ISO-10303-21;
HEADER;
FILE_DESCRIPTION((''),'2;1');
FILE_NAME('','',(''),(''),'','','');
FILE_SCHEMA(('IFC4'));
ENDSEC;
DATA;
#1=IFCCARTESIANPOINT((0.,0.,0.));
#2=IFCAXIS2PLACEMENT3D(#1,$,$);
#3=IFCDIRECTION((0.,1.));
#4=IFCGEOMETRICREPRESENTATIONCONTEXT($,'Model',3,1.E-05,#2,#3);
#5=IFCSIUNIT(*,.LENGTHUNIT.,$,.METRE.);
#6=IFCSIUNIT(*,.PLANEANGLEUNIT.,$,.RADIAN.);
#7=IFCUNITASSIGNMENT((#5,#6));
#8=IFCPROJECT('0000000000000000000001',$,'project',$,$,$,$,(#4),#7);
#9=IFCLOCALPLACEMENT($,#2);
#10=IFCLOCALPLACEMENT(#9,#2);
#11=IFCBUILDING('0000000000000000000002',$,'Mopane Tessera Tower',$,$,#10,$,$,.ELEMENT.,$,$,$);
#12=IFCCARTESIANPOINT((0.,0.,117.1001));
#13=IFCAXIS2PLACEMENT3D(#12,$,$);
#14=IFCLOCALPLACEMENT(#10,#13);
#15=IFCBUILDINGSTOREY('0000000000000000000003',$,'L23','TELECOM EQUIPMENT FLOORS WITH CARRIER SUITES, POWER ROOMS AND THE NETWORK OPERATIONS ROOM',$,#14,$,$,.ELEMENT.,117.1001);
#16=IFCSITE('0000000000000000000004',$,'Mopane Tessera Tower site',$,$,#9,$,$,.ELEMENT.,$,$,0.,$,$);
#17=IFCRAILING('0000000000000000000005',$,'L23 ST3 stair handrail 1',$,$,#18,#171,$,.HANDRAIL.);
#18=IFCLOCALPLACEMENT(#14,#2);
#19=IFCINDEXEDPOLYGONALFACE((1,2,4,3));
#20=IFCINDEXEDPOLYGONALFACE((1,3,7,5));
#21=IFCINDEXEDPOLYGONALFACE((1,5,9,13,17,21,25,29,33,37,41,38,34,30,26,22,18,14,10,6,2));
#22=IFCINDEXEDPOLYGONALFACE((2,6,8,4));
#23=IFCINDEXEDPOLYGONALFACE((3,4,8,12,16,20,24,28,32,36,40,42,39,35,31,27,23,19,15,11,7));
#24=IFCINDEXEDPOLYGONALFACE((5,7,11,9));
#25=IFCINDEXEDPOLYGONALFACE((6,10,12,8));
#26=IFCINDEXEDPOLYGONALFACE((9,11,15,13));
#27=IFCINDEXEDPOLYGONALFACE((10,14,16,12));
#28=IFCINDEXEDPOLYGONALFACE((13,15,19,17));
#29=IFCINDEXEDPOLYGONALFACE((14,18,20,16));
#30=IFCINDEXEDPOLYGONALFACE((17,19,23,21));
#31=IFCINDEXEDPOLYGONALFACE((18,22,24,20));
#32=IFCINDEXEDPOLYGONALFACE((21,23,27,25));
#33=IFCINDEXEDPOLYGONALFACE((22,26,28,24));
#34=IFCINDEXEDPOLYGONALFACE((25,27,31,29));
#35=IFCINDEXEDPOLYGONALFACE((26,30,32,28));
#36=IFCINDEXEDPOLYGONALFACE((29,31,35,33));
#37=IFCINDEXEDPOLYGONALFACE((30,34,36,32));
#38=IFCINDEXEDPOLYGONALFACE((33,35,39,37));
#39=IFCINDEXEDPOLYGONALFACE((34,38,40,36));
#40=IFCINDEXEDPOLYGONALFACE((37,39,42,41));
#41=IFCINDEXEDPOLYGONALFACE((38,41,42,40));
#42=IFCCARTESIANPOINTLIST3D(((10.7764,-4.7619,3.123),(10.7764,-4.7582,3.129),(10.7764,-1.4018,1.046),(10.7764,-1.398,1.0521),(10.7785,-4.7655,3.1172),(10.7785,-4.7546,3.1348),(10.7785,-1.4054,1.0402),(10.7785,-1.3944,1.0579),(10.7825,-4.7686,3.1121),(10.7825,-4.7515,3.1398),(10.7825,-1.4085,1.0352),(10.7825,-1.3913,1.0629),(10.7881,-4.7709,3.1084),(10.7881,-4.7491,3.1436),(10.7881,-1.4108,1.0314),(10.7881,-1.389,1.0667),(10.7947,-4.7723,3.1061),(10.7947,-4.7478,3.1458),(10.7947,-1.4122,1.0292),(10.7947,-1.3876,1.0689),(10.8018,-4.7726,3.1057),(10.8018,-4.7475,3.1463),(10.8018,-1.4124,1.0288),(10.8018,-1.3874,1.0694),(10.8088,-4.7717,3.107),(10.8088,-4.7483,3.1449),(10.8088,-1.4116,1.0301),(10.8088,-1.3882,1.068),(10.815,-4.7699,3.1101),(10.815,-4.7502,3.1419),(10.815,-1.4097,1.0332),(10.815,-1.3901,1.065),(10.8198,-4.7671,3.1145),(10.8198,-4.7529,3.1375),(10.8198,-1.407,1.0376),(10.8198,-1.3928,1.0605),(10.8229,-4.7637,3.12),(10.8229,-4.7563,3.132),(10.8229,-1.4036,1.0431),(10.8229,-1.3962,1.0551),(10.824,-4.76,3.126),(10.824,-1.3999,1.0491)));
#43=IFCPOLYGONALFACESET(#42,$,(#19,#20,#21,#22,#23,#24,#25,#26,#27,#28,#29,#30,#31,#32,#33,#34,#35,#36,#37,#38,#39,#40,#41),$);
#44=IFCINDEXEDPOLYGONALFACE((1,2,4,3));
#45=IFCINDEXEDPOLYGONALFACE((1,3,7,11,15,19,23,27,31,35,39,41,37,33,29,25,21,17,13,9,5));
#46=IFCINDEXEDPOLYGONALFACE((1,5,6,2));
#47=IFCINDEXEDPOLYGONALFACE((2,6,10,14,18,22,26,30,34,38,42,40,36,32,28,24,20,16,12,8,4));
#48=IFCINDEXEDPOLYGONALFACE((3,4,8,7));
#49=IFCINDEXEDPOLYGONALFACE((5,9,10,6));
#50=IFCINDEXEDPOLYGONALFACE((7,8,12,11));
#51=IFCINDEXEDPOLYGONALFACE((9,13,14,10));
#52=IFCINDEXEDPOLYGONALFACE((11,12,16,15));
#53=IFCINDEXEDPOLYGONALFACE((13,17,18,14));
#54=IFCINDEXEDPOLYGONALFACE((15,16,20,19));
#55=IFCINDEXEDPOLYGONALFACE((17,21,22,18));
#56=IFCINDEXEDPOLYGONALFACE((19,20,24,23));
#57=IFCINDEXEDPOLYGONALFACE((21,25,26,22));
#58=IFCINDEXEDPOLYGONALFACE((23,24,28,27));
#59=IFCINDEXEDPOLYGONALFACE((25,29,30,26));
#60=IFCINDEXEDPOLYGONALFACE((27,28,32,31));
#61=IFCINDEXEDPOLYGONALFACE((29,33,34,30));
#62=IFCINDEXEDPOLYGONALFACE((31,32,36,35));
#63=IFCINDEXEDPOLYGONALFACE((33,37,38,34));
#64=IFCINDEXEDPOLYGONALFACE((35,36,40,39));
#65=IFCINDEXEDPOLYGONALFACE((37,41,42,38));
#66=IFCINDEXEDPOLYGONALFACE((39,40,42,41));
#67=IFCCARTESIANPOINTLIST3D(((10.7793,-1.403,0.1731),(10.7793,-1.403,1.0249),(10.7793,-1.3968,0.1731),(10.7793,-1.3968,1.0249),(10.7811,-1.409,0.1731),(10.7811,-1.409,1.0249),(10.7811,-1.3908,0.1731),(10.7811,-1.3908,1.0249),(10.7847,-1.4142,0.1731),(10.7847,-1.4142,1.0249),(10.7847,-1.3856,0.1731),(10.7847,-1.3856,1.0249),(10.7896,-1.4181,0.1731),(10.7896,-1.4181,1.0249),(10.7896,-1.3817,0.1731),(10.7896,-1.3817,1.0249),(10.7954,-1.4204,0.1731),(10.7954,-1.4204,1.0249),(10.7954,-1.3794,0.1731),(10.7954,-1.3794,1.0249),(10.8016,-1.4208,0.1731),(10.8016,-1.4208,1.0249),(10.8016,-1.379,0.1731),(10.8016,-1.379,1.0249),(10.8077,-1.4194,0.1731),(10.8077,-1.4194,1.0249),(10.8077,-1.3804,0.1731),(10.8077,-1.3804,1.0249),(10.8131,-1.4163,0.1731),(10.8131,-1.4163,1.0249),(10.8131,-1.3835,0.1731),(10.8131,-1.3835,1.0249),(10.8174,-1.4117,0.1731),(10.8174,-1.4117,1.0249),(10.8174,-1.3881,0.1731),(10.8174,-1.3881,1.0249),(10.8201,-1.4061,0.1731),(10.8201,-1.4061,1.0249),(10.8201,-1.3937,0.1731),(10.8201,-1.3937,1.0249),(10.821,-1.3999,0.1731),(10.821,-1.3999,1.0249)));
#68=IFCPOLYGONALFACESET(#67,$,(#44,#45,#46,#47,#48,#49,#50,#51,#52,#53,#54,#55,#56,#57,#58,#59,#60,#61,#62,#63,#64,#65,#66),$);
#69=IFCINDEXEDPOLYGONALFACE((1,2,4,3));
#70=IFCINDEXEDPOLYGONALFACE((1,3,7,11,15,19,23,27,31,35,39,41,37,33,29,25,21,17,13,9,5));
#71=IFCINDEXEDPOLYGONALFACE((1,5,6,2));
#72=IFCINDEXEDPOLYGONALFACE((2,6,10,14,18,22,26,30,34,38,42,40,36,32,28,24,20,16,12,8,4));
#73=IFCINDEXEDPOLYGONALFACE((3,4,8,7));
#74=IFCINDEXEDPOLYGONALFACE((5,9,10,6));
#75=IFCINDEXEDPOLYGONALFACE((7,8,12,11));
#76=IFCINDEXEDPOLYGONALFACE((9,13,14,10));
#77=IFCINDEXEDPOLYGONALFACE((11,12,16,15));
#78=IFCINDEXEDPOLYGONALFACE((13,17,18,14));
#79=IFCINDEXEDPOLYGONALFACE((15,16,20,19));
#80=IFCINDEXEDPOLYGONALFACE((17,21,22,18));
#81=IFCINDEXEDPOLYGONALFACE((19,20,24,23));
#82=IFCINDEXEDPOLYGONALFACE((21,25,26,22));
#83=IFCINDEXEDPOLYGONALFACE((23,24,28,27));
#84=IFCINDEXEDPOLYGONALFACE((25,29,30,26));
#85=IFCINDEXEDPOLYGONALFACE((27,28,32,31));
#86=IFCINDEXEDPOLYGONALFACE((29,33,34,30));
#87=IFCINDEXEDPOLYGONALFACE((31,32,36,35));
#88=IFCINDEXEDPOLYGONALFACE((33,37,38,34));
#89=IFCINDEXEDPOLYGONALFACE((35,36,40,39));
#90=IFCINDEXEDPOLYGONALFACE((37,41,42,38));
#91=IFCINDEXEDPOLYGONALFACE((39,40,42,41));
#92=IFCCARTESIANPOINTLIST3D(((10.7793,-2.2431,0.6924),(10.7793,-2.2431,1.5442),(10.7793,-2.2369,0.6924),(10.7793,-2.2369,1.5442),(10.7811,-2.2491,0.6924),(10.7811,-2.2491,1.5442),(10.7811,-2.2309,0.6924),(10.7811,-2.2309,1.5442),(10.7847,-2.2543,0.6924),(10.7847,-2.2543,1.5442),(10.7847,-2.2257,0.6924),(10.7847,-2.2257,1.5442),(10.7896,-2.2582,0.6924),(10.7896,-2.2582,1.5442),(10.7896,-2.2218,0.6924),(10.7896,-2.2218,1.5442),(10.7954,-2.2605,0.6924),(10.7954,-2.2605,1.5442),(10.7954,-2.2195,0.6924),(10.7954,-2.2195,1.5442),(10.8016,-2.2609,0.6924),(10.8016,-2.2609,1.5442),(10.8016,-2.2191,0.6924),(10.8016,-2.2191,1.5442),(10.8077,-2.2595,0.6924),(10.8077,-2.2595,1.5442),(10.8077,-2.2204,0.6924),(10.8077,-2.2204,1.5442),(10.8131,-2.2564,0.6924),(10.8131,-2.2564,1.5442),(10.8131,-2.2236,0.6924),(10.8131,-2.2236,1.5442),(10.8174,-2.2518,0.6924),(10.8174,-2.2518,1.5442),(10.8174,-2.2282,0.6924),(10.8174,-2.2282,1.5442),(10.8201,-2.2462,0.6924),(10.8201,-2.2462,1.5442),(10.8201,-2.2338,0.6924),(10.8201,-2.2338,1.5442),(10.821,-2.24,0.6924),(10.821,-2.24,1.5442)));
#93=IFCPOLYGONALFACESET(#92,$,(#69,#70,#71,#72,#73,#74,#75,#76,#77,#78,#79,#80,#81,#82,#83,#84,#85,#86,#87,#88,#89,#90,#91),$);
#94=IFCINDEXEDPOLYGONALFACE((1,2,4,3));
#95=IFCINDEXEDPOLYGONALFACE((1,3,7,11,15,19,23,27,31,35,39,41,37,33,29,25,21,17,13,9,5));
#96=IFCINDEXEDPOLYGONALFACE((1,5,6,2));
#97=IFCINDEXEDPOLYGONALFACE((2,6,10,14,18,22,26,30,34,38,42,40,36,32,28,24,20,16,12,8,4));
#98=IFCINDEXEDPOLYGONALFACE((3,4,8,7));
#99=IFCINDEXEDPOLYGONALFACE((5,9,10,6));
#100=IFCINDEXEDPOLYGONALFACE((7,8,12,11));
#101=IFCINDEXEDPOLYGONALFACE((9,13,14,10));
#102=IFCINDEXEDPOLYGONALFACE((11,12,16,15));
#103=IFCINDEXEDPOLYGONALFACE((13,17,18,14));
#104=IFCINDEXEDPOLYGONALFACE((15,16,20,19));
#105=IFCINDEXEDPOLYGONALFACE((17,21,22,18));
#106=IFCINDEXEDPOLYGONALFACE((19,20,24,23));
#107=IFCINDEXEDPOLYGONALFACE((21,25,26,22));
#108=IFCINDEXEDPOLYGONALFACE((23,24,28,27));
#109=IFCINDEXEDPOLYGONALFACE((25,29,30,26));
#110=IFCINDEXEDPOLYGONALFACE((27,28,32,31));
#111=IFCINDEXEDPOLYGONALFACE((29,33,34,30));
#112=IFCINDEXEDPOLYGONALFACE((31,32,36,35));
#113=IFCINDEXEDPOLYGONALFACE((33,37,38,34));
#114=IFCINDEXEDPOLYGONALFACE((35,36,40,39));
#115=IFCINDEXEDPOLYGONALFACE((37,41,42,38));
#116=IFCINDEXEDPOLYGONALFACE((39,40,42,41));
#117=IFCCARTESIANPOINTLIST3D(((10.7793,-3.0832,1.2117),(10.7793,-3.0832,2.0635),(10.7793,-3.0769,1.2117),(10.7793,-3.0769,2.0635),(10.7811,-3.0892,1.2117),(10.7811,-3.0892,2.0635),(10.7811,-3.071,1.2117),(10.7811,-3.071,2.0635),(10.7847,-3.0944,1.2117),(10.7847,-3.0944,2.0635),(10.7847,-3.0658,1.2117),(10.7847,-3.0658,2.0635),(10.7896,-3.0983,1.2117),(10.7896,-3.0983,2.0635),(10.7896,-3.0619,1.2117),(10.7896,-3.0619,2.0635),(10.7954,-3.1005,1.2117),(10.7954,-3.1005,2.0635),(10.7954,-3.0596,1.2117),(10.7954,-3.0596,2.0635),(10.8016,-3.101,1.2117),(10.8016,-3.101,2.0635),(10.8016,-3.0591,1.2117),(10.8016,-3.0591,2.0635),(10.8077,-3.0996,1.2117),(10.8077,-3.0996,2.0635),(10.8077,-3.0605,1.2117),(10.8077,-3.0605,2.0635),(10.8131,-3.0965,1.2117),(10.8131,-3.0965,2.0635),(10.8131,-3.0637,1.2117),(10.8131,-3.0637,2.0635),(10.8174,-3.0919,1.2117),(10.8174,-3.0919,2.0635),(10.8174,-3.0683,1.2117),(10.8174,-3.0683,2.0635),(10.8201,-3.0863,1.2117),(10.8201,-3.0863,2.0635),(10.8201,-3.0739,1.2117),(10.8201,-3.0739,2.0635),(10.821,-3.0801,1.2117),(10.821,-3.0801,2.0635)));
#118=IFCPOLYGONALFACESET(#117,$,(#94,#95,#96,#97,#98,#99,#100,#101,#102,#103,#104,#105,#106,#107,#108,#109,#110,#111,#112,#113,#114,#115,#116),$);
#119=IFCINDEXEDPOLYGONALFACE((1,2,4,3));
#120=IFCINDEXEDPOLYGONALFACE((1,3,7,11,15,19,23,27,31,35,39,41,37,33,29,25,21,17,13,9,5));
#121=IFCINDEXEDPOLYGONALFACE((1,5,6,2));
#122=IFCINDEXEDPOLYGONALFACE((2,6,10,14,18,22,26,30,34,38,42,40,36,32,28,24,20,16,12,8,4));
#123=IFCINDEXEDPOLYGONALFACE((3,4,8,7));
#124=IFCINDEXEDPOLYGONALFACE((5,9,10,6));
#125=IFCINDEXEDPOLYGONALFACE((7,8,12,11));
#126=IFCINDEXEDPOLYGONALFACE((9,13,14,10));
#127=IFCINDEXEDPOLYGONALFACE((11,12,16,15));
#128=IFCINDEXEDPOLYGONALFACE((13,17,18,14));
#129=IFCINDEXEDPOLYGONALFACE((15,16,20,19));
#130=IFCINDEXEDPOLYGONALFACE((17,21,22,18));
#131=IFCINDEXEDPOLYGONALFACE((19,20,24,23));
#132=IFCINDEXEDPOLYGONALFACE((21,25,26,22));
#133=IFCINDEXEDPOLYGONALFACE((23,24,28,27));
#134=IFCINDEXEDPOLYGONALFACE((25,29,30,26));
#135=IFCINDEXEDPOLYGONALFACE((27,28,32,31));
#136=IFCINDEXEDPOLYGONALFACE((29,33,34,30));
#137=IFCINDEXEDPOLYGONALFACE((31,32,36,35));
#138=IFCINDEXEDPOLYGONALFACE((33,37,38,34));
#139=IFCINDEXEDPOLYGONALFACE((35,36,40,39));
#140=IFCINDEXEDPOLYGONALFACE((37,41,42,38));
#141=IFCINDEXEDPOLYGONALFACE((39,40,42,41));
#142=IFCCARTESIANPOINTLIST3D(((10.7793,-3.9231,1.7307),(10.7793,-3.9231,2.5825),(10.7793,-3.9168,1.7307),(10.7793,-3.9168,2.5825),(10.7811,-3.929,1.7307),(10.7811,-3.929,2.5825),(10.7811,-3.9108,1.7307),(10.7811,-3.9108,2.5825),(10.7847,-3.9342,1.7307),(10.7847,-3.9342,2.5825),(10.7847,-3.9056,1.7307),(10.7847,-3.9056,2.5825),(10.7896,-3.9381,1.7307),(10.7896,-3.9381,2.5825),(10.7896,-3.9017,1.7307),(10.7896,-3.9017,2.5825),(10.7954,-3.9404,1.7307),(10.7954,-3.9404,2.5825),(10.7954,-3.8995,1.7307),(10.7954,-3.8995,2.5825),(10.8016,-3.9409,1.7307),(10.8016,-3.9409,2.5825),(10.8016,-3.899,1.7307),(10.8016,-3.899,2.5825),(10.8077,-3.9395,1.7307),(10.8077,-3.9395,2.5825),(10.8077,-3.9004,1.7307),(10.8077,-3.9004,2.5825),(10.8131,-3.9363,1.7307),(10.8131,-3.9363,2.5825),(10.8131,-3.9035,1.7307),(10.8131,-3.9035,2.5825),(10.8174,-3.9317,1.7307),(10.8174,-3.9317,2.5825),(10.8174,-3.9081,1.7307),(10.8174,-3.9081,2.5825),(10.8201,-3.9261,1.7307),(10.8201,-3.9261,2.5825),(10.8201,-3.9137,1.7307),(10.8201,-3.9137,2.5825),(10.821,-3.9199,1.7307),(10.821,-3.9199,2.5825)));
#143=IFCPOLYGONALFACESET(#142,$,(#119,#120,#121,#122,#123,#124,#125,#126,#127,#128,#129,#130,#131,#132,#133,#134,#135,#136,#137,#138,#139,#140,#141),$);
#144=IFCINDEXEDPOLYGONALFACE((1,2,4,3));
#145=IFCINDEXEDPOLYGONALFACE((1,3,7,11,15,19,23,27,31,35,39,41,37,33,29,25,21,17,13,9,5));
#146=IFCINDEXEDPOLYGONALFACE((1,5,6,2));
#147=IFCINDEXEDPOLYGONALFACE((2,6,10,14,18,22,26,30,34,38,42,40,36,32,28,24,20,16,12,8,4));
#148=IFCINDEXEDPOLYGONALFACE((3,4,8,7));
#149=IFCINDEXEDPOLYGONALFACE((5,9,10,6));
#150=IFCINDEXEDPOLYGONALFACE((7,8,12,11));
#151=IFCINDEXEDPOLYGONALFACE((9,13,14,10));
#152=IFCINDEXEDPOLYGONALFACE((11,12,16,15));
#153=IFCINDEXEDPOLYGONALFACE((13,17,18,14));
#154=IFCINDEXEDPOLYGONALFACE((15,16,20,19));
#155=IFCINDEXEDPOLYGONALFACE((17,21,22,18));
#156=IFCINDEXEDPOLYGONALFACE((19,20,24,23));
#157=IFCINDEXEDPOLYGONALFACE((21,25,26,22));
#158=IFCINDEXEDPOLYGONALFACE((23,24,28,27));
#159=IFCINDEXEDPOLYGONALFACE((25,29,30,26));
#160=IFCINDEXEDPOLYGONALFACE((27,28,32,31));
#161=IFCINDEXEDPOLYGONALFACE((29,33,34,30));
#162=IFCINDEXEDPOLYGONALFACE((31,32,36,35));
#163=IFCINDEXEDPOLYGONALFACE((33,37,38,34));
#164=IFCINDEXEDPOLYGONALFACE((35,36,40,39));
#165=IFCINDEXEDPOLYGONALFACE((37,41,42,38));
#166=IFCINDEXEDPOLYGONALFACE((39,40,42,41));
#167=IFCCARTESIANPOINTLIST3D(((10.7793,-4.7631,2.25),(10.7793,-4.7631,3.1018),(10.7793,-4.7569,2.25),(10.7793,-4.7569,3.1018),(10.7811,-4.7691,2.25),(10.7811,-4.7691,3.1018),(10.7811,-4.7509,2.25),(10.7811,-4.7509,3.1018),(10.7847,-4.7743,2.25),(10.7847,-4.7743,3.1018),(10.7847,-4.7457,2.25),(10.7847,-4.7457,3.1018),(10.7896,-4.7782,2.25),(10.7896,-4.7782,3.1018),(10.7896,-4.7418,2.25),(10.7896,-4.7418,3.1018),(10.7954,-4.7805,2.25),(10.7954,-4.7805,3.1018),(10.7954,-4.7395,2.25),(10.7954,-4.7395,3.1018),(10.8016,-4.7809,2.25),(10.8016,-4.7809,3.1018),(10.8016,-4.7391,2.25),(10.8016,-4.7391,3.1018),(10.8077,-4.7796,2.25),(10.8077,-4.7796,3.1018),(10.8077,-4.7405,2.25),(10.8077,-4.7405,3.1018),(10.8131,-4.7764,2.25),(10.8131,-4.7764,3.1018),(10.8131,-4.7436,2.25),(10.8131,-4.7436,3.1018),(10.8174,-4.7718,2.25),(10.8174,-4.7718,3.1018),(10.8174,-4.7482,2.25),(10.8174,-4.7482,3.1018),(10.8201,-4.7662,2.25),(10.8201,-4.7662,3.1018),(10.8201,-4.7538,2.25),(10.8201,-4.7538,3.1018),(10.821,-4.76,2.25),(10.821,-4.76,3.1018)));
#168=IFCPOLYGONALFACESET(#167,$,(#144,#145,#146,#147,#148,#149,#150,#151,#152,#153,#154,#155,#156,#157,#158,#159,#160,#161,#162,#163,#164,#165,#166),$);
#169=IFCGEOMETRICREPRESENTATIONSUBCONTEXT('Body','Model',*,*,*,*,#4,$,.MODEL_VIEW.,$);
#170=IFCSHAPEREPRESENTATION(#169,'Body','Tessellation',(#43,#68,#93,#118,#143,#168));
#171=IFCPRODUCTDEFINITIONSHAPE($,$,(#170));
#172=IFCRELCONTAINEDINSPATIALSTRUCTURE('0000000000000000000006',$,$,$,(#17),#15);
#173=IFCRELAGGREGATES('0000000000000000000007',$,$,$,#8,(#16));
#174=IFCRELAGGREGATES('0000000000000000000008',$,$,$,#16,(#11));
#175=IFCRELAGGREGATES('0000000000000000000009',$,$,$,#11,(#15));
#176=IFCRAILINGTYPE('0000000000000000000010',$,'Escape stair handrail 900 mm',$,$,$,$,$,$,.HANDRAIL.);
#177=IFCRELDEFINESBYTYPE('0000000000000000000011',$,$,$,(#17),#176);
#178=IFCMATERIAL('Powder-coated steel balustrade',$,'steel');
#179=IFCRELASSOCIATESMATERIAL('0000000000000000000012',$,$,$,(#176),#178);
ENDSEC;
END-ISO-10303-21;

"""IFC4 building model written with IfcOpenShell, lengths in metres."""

from ifc_helpers import new_model, si_unit, direction, frame, origin, origin_2d, place, context, subcontext, project, spatial, circle, extrude, material, type_object, element, save


model = new_model("IFC4")

# Units and contexts
model_context = context("Model", 3, precision=1e-05, world=origin(), true_north=direction((0.0, 1.0)))
body_context = subcontext(model_context, "Body", "Model", "MODEL_VIEW")
ifc_project = project(units=[si_unit("LENGTHUNIT", "METRE"), si_unit("PLANEANGLEUNIT", "RADIAN")], contexts=[model_context])

# Site, building, storey
site_placement = place(None, origin())
site = spatial("IfcSite", under=ifc_project, at=site_placement, Name="Mopane Tessera Tower site", CompositionType="ELEMENT", RefElevation=0.0)
building_placement = place(site_placement, origin())
building = spatial("IfcBuilding", under=site, at=building_placement, Name="Mopane Tessera Tower", CompositionType="ELEMENT")
storey_placement = place(building_placement, frame((0.0, 0.0, 117.1001)))
storey = spatial("IfcBuildingStorey", under=building, at=storey_placement, Name="L23", Description="TELECOM EQUIPMENT FLOORS WITH CARRIER SUITES, POWER ROOMS AND THE NETWORK OPERATIONS ROOM", CompositionType="ELEMENT", Elevation=117.1001)

# Railing
ifc_material_1 = material(Name="Powder-coated steel balustrade", Category="steel")
railing_type_1 = type_object("IfcRailingType", Name="Escape stair handrail 900 mm", PredefinedType="HANDRAIL", material=ifc_material_1)
railing_1_placement = place(storey_placement, frame((10.8, -1.3999, 0.1731)))
element("IfcRailing", 1, at=railing_1_placement, inside=storey, type_object=railing_type_1, Name="L23 ST3 stair handrail 1", PredefinedType="HANDRAIL", context=body_context, shape_type="SweptSolid", body=[
    extrude(circle(Radius=0.0239, at=origin_2d()), frame((0.0, 0.0, 0.876), z_axis=(0.0, -0.850623, 0.525776), x_axis=(1.0, 0.0, 0.0)), (0.0, 0.0, 1.0), 3.9502),
    extrude(circle(Radius=0.021, at=origin_2d()), origin(), (0.0, 0.0, 1.0), 0.8518),
    extrude(circle(Radius=0.021, at=origin_2d()), frame((0.0, -0.8401, 0.5193)), (0.0, 0.0, 1.0), 0.8518),
    extrude(circle(Radius=0.021, at=origin_2d()), frame((0.0, -1.6802, 1.0386)), (0.0, 0.0, 1.0), 0.8518),
    extrude(circle(Radius=0.021, at=origin_2d()), frame((0.0, -2.52, 1.5576)), (0.0, 0.0, 1.0), 0.8518),
    extrude(circle(Radius=0.021, at=origin_2d()), frame((0.0, -3.3601, 2.0769)), (0.0, 0.0, 1.0), 0.8518),
])

save(model, "model.ifc")
